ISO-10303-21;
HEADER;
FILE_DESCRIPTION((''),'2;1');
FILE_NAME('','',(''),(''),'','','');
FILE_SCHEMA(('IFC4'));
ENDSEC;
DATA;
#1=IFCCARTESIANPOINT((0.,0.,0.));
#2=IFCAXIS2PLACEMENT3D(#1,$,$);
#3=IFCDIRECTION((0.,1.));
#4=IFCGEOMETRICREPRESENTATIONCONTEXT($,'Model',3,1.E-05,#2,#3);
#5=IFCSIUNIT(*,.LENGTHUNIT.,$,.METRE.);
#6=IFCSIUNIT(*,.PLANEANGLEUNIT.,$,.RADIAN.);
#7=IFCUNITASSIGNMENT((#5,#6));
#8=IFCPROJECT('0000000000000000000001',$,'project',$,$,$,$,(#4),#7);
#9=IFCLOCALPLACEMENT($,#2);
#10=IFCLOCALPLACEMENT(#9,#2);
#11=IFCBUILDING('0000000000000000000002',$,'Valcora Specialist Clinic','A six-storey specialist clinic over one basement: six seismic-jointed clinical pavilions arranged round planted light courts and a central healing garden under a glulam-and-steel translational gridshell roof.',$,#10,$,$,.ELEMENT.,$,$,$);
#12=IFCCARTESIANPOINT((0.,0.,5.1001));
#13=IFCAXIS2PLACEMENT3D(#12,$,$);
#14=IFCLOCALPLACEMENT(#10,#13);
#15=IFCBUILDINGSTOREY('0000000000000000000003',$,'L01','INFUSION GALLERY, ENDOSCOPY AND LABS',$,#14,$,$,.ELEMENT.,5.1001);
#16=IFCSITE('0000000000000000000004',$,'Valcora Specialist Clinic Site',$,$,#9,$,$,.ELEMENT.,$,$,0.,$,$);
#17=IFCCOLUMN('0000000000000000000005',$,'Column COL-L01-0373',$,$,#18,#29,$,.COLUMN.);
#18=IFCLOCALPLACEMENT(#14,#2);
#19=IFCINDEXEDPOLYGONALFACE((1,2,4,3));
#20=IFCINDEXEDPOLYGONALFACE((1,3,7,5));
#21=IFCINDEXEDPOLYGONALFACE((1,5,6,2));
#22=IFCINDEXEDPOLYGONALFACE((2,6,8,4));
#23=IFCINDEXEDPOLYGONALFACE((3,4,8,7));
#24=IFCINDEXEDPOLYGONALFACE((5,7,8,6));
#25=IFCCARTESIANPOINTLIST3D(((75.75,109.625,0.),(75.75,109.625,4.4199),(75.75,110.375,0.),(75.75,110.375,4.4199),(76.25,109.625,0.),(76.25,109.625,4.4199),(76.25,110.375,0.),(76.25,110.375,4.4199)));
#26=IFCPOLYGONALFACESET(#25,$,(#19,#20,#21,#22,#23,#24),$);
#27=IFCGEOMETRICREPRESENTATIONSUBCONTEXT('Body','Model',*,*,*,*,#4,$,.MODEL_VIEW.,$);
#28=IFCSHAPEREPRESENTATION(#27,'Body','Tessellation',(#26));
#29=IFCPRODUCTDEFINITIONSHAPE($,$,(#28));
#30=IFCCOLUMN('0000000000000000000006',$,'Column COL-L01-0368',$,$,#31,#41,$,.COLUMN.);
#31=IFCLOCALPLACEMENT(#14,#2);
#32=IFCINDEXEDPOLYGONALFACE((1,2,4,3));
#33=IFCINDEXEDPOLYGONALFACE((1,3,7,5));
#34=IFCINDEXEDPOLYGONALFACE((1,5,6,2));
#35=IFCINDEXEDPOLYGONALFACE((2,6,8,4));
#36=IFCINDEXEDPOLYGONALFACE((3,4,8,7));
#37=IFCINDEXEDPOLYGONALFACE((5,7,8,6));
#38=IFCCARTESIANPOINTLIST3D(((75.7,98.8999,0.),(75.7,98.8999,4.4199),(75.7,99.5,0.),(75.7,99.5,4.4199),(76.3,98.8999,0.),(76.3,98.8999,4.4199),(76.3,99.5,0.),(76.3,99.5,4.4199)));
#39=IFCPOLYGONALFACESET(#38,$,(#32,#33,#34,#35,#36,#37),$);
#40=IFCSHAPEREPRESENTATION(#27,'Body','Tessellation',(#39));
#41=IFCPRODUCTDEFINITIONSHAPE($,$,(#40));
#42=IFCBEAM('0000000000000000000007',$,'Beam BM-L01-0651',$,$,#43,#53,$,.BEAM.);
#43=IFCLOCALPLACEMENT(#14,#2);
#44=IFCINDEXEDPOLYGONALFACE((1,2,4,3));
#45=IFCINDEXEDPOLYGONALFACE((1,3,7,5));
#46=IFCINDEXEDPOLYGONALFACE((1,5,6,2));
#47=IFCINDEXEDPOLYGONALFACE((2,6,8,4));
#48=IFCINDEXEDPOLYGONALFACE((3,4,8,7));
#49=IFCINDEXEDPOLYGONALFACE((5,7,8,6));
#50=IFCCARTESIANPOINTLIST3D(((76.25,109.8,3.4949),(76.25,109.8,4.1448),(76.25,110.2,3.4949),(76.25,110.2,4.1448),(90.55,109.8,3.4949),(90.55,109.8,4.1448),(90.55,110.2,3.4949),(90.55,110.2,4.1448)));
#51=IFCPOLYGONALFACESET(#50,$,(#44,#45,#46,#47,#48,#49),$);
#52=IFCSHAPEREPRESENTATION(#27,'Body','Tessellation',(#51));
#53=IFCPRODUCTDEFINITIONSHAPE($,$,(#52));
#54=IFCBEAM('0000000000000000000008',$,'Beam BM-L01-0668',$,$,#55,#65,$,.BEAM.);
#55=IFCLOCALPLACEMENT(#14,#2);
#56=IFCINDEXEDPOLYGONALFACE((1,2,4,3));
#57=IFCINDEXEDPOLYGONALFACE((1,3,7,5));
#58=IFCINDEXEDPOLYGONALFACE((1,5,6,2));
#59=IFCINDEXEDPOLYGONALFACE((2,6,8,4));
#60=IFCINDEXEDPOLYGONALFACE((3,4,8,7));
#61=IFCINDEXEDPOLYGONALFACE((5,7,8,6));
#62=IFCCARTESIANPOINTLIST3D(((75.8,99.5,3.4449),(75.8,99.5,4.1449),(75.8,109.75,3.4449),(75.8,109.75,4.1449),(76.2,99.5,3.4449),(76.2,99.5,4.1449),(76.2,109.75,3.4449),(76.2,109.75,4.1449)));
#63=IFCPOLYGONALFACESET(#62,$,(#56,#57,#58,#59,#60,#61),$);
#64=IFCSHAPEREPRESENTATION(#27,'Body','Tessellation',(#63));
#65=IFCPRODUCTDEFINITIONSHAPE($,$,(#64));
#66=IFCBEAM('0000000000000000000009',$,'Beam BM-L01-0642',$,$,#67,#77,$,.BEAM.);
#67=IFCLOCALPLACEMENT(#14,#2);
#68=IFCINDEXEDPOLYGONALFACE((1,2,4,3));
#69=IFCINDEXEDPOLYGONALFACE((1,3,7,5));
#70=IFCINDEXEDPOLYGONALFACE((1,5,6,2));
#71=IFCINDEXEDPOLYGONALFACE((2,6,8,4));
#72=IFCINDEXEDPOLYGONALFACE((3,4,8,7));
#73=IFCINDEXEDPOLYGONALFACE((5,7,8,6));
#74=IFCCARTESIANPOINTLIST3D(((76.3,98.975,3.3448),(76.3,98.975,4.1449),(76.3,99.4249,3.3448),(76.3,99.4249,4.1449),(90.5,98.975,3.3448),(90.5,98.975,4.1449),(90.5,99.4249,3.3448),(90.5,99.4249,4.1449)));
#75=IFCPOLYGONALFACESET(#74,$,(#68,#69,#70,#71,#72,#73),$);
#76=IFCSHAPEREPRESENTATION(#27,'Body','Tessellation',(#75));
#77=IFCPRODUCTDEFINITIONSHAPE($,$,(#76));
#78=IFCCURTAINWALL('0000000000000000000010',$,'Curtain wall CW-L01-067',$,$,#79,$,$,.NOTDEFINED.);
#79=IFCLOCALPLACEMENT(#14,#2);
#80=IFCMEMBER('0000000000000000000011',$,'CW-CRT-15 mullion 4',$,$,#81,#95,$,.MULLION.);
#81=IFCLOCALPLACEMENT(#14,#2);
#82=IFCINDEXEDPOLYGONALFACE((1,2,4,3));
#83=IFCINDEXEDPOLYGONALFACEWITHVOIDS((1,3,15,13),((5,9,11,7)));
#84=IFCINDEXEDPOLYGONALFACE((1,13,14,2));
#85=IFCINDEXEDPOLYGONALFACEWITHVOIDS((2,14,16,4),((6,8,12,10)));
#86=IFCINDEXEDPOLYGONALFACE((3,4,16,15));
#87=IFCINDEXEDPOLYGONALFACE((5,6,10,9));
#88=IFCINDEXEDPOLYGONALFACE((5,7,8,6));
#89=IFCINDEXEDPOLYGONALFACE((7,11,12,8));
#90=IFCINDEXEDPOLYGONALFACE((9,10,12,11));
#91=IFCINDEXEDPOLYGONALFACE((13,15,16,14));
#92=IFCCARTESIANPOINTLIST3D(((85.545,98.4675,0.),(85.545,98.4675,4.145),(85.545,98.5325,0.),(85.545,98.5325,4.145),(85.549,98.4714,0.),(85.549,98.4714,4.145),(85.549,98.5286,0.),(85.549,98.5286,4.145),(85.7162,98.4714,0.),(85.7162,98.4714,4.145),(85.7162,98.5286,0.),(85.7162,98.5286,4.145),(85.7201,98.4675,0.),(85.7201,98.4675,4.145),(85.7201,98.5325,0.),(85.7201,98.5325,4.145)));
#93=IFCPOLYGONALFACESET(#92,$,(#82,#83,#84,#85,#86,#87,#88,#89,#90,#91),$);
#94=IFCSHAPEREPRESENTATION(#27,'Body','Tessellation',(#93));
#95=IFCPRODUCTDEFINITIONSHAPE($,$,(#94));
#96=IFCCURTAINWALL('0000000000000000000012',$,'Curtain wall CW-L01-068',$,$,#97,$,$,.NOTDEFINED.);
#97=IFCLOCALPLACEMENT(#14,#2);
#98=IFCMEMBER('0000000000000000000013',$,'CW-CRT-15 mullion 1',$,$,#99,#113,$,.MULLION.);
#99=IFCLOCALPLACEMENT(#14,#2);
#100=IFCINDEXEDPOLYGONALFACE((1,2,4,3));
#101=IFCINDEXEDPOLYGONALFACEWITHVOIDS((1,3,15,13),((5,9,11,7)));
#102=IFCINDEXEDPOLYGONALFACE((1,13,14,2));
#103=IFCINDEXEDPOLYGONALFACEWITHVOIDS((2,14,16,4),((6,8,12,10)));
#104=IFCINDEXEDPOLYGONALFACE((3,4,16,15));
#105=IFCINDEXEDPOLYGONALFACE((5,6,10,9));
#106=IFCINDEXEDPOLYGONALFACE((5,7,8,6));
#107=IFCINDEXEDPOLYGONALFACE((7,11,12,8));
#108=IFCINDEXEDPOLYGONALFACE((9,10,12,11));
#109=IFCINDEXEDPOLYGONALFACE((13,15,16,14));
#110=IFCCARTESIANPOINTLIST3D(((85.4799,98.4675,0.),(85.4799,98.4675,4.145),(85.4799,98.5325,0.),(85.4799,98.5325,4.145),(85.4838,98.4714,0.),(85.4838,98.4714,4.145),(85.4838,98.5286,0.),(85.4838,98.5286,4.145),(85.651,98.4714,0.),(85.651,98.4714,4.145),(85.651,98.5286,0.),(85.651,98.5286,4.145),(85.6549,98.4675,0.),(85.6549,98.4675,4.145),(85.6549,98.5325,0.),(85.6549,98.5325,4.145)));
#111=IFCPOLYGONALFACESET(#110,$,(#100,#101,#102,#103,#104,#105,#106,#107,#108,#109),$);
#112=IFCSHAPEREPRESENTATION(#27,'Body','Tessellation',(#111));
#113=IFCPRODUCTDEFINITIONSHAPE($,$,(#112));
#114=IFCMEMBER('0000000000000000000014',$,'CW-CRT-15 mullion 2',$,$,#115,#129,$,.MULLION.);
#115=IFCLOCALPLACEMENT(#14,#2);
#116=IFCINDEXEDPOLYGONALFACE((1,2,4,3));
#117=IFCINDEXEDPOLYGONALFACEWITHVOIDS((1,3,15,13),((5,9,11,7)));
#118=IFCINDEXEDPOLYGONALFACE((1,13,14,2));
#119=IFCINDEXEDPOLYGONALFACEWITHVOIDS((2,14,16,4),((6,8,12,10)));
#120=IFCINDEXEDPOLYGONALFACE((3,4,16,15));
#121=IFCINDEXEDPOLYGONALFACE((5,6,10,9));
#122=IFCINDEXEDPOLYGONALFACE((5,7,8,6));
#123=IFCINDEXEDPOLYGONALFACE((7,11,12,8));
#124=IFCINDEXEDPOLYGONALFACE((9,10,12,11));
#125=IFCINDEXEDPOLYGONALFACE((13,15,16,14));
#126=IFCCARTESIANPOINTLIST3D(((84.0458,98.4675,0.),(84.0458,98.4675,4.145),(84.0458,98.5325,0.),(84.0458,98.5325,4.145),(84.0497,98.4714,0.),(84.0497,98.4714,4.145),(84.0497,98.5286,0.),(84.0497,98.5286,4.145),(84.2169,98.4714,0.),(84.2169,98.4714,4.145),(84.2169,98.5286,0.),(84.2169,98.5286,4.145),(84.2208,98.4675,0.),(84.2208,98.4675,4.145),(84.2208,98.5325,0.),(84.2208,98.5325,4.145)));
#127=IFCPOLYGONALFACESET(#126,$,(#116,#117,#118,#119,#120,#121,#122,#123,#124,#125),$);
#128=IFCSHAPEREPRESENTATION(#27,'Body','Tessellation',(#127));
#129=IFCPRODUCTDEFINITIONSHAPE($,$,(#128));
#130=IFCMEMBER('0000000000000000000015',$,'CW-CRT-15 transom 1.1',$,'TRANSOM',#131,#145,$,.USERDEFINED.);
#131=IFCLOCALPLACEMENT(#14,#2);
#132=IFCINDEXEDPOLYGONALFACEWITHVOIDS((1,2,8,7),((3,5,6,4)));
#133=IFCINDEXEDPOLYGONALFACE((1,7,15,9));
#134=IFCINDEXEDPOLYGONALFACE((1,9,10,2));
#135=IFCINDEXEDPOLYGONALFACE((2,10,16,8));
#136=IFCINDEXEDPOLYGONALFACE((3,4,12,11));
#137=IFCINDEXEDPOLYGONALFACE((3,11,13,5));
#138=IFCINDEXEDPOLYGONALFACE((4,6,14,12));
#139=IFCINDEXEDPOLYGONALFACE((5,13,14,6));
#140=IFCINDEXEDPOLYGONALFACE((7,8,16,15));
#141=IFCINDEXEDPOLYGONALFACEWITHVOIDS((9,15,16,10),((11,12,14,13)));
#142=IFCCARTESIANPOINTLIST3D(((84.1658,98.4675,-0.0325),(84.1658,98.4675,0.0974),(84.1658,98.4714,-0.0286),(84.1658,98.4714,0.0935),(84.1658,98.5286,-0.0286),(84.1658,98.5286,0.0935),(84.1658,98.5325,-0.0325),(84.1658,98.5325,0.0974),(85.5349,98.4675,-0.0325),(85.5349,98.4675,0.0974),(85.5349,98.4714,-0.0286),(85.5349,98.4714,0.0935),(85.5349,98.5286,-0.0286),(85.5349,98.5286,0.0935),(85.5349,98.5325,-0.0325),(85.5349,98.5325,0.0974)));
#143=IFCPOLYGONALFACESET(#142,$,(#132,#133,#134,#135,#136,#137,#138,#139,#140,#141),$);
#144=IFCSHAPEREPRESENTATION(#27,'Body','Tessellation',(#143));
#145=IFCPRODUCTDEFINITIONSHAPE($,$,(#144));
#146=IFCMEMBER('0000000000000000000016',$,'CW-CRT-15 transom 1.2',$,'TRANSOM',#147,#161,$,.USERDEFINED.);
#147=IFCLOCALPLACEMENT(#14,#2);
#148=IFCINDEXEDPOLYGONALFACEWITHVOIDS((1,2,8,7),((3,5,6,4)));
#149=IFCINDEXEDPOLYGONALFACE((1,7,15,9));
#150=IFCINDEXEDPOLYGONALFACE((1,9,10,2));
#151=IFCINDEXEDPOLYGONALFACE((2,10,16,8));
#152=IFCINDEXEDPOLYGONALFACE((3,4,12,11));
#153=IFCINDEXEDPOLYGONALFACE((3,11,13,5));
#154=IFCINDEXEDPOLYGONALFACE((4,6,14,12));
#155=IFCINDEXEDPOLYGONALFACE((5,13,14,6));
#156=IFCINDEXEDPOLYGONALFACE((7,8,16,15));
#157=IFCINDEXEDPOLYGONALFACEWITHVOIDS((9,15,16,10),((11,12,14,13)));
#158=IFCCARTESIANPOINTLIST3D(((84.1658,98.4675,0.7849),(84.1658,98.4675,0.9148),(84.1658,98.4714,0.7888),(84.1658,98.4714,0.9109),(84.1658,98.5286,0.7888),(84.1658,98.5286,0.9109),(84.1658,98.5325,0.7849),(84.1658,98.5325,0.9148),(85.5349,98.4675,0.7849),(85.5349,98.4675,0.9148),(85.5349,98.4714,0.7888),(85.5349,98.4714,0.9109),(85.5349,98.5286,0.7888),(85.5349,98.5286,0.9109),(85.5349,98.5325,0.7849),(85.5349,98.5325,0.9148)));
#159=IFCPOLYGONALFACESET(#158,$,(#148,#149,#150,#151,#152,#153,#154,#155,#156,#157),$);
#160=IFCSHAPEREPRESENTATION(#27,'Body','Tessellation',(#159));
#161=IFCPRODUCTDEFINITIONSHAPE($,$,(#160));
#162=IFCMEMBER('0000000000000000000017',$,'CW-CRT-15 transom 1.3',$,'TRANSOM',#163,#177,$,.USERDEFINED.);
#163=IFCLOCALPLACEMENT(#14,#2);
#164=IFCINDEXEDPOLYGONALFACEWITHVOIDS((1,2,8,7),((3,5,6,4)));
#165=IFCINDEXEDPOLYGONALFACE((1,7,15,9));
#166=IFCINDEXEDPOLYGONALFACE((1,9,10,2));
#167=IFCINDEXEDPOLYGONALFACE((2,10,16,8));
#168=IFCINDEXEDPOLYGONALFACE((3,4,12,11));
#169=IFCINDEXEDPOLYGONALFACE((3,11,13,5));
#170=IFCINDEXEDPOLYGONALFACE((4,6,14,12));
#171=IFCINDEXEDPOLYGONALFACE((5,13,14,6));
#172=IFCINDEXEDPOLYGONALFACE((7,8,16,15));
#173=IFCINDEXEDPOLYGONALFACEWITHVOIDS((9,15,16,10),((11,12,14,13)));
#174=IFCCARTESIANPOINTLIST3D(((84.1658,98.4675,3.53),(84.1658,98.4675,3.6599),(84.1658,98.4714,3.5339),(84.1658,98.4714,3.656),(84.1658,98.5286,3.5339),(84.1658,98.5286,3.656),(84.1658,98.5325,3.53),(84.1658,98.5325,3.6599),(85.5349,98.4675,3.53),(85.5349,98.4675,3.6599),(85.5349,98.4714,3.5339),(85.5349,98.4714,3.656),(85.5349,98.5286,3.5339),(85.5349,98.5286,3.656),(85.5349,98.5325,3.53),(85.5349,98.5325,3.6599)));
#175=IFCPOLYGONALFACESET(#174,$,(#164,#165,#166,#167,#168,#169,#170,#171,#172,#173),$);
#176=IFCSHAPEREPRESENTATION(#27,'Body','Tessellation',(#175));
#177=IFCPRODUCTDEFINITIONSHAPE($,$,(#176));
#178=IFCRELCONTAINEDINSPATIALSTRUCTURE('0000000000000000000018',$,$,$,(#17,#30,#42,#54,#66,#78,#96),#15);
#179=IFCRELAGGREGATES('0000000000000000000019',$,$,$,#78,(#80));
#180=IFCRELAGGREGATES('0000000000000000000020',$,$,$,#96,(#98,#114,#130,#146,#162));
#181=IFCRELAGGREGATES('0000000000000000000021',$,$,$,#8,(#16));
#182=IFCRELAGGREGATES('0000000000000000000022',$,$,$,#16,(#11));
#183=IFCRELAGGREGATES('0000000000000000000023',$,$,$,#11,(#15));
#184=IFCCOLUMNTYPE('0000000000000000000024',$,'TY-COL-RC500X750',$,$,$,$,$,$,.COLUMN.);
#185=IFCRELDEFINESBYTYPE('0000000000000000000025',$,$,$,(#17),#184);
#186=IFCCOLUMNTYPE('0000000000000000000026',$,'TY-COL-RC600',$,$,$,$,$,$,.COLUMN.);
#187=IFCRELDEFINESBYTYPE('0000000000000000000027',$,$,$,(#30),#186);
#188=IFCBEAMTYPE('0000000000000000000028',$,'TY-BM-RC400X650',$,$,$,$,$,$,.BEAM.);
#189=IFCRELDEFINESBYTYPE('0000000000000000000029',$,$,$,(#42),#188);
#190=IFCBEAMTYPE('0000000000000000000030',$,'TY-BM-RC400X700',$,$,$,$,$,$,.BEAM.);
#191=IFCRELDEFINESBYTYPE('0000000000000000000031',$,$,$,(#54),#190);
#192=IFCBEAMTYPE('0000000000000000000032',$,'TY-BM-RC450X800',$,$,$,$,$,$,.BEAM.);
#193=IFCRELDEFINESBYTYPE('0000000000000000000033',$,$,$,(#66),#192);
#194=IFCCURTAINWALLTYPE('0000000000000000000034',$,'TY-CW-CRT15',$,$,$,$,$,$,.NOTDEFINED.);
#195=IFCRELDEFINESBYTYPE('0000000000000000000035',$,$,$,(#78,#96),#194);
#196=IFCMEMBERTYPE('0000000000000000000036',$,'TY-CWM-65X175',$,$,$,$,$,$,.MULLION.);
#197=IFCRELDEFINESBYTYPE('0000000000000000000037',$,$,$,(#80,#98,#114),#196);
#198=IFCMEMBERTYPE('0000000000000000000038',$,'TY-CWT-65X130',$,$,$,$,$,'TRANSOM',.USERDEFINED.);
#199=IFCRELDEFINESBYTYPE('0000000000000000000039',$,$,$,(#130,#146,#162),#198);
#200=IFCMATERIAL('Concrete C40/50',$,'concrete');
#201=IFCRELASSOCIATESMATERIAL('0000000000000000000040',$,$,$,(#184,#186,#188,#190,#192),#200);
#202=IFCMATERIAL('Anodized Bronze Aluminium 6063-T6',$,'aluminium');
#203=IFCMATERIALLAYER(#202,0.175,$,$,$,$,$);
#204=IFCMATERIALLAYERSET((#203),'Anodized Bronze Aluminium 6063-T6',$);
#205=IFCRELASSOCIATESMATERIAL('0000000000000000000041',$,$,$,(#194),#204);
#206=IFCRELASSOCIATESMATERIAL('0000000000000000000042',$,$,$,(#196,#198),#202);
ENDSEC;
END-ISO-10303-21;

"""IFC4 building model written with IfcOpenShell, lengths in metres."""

from ifc_helpers import new_model, si_unit, direction, frame, origin, origin_2d, place, context, subcontext, project, spatial, rectangle, hollow_rectangle, extrude, material, layer, layer_set, material_profile, profile_set, type_object, element, aggregate, save


model = new_model("IFC4")

# Units and contexts
model_context = context("Model", 3, precision=1e-05, world=origin(), true_north=direction((0.0, 1.0)))
body_context = subcontext(model_context, "Body", "Model", "MODEL_VIEW")
ifc_project = project(units=[si_unit("LENGTHUNIT", "METRE"), si_unit("PLANEANGLEUNIT", "RADIAN")], contexts=[model_context])

# Site, building, storey
site_placement = place(None, origin())
site = spatial("IfcSite", under=ifc_project, at=site_placement, Name="Valcora Specialist Clinic Site", CompositionType="ELEMENT", RefElevation=0.0)
building_placement = place(site_placement, origin())
building = spatial("IfcBuilding", under=site, at=building_placement, Name="Valcora Specialist Clinic", Description="A six-storey specialist clinic over one basement: six seismic-jointed clinical pavilions arranged round planted light courts and a central healing garden under a glulam-and-steel translational gridshell roof.", CompositionType="ELEMENT")
storey_placement = place(building_placement, frame((0.0, 0.0, 5.1001)))
storey = spatial("IfcBuildingStorey", under=building, at=storey_placement, Name="L01", Description="INFUSION GALLERY, ENDOSCOPY AND LABS", CompositionType="ELEMENT", Elevation=5.1001)

# Columns
ifc_material_1 = material(Name="Concrete C40/50", Category="concrete")
ifc_material_profile_1 = material_profile(ifc_material_1, rectangle(XDim=0.5, YDim=0.75, at=origin_2d()), Name="RC-COL-500X750")
ifc_profile_set_1 = profile_set([ifc_material_profile_1], Name="Concrete C40/50")
column_type_1 = type_object("IfcColumnType", Name="TY-COL-RC500X750", PredefinedType="COLUMN", material=ifc_profile_set_1)
column_1_placement = place(storey_placement, frame((76.0, 110.0, 0.0), z_axis=(0.0, 0.0, 1.0), x_axis=(1.0, 0.0, 0.0)))
element("IfcColumn", 1, at=column_1_placement, inside=storey, type_object=column_type_1, Name="Column COL-L01-0373", PredefinedType="COLUMN", context=body_context, shape_type="SweptSolid", body=[
    extrude(rectangle(XDim=0.5, YDim=0.75, at=origin_2d()), origin(), (0.0, 0.0, 1.0), 4.4199),
])
ifc_material_profile_2 = material_profile(ifc_material_1, rectangle(XDim=0.6001, YDim=0.6001, at=origin_2d()), Name="RC-COL-600X600")
ifc_profile_set_2 = profile_set([ifc_material_profile_2], Name="Concrete C40/50")
column_type_2 = type_object("IfcColumnType", Name="TY-COL-RC600", PredefinedType="COLUMN", material=ifc_profile_set_2)
column_2_placement = place(storey_placement, frame((76.0, 99.2, 0.0), z_axis=(0.0, 0.0, 1.0), x_axis=(1.0, 0.0, 0.0)))
element("IfcColumn", 2, at=column_2_placement, inside=storey, type_object=column_type_2, Name="Column COL-L01-0368", PredefinedType="COLUMN", context=body_context, shape_type="SweptSolid", body=[
    extrude(rectangle(XDim=0.6001, YDim=0.6001, at=origin_2d()), origin(), (0.0, 0.0, 1.0), 4.4199),
])

# Beams
ifc_material_profile_3 = material_profile(ifc_material_1, rectangle(XDim=0.3999, YDim=0.6499, at=origin_2d()), Name="RC-BM-400X650")
ifc_profile_set_3 = profile_set([ifc_material_profile_3], Name="Concrete C40/50")
beam_type_1 = type_object("IfcBeamType", Name="TY-BM-RC400X650", PredefinedType="BEAM", material=ifc_profile_set_3)
beam_1_placement = place(storey_placement, frame((76.25, 110.0, 3.8198), z_axis=(1.0, 0.0, 0.0), x_axis=(0.0, 1.0, 0.0)))
element("IfcBeam", 3, at=beam_1_placement, inside=storey, type_object=beam_type_1, Name="Beam BM-L01-0651", PredefinedType="BEAM", context=body_context, shape_type="SweptSolid", body=[
    extrude(rectangle(XDim=0.3999, YDim=0.6499, at=origin_2d()), origin(), (0.0, 0.0, 1.0), 14.3),
])
ifc_material_profile_4 = material_profile(ifc_material_1, rectangle(XDim=0.3999, YDim=0.7, at=origin_2d()), Name="RC-BM-400X700")
ifc_profile_set_4 = profile_set([ifc_material_profile_4], Name="Concrete C40/50")
beam_type_2 = type_object("IfcBeamType", Name="TY-BM-RC400X700", PredefinedType="BEAM", material=ifc_profile_set_4)
beam_2_placement = place(storey_placement, frame((76.0, 99.5, 3.7949), z_axis=(0.0, 1.0, 0.0), x_axis=(-1.0, 0.0, 0.0)))
element("IfcBeam", 4, at=beam_2_placement, inside=storey, type_object=beam_type_2, Name="Beam BM-L01-0668", PredefinedType="BEAM", context=body_context, shape_type="SweptSolid", body=[
    extrude(rectangle(XDim=0.3999, YDim=0.7, at=origin_2d()), origin(), (0.0, 0.0, 1.0), 10.25),
])
ifc_material_profile_5 = material_profile(ifc_material_1, rectangle(XDim=0.45, YDim=0.8, at=origin_2d()), Name="RC-BM-450X800")
ifc_profile_set_5 = profile_set([ifc_material_profile_5], Name="Concrete C40/50")
beam_type_3 = type_object("IfcBeamType", Name="TY-BM-RC450X800", PredefinedType="BEAM", material=ifc_profile_set_5)
beam_3_placement = place(storey_placement, frame((76.3, 99.2, 3.7449), z_axis=(1.0, 0.0, 0.0), x_axis=(0.0, 1.0, 0.0)))
element("IfcBeam", 5, at=beam_3_placement, inside=storey, type_object=beam_type_3, Name="Beam BM-L01-0642", PredefinedType="BEAM", context=body_context, shape_type="SweptSolid", body=[
    extrude(rectangle(XDim=0.45, YDim=0.8, at=origin_2d()), origin(), (0.0, 0.0, 1.0), 14.2),
])

# Curtain wall, member
ifc_material_2 = material(Name="Anodized Bronze Aluminium 6063-T6", Category="aluminium")
ifc_layer_1 = layer(ifc_material_2, 0.175)
ifc_layer_set_1 = layer_set([ifc_layer_1], Name="Anodized Bronze Aluminium 6063-T6")
curtain_wall_type = type_object("IfcCurtainWallType", Name="TY-CW-CRT15", PredefinedType="NOTDEFINED", material=ifc_layer_set_1)
curtain_wall_1_placement = place(storey_placement, origin())
curtain_wall_1 = element("IfcCurtainWall", 6, at=curtain_wall_1_placement, inside=storey, type_object=curtain_wall_type, Name="Curtain wall CW-L01-067", PredefinedType="NOTDEFINED")
ifc_material_profile_6 = material_profile(ifc_material_2, hollow_rectangle(XDim=0.0649, YDim=0.175, WallThickness=0.0039, at=origin_2d()), Name="AL-MUL-65X175")
ifc_profile_set_6 = profile_set([ifc_material_profile_6], Name="Anodized Bronze Aluminium 6063-T6")
member_type_1 = type_object("IfcMemberType", Name="TY-CWM-65X175", PredefinedType="MULLION", material=ifc_profile_set_6)
member_1_placement = place(storey_placement, frame((85.6326, 98.5, 0.0), z_axis=(0.0, 0.0, 1.0), x_axis=(0.0, -1.0, 0.0)))
member_1 = element("IfcMember", 7, at=member_1_placement, type_object=member_type_1, Name="CW-CRT-15 mullion 4", PredefinedType="MULLION", context=body_context, shape_type="SweptSolid", body=[
    extrude(hollow_rectangle(XDim=0.0649, YDim=0.175, WallThickness=0.0039, at=origin_2d()), origin(), (0.0, 0.0, 1.0), 4.145),
])
aggregate(curtain_wall_1, [member_1])

# Curtain wall, members
curtain_wall_2_placement = place(storey_placement, origin())
curtain_wall_2 = element("IfcCurtainWall", 8, at=curtain_wall_2_placement, inside=storey, type_object=curtain_wall_type, Name="Curtain wall CW-L01-068", PredefinedType="NOTDEFINED")
member_2_placement = place(storey_placement, frame((85.5674, 98.5, 0.0), z_axis=(0.0, 0.0, 1.0), x_axis=(0.0, -1.0, 0.0)))
member_2 = element("IfcMember", 9, at=member_2_placement, type_object=member_type_1, Name="CW-CRT-15 mullion 1", PredefinedType="MULLION", context=body_context, shape_type="SweptSolid", body=[
    extrude(hollow_rectangle(XDim=0.0649, YDim=0.175, WallThickness=0.0039, at=origin_2d()), origin(), (0.0, 0.0, 1.0), 4.145),
])
member_3_placement = place(storey_placement, frame((84.1333, 98.5, 0.0), z_axis=(0.0, 0.0, 1.0), x_axis=(0.0, -1.0, 0.0)))
member_3 = element("IfcMember", 10, at=member_3_placement, type_object=member_type_1, Name="CW-CRT-15 mullion 2", PredefinedType="MULLION", context=body_context, shape_type="SweptSolid", body=[
    extrude(hollow_rectangle(XDim=0.0649, YDim=0.175, WallThickness=0.0039, at=origin_2d()), origin(), (0.0, 0.0, 1.0), 4.145),
])
ifc_material_profile_7 = material_profile(ifc_material_2, hollow_rectangle(XDim=0.0649, YDim=0.1299, WallThickness=0.0039, at=origin_2d()), Name="AL-TRN-65X130")
ifc_profile_set_7 = profile_set([ifc_material_profile_7], Name="Anodized Bronze Aluminium 6063-T6")
member_type_2 = type_object("IfcMemberType", Name="TY-CWT-65X130", ElementType="TRANSOM", PredefinedType="USERDEFINED", material=ifc_profile_set_7)
member_4_placement = place(storey_placement, frame((85.5349, 98.5, 0.0325), z_axis=(-1.0, 0.0, 0.0), x_axis=(0.0, -1.0, 0.0)))
member_4 = element("IfcMember", 11, at=member_4_placement, type_object=member_type_2, Name="CW-CRT-15 transom 1.1", ObjectType="TRANSOM", PredefinedType="USERDEFINED", context=body_context, shape_type="SweptSolid", body=[
    extrude(hollow_rectangle(XDim=0.0649, YDim=0.1299, WallThickness=0.0039, at=origin_2d()), origin(), (0.0, 0.0, 1.0), 1.3691),
])
member_5_placement = place(storey_placement, frame((85.5349, 98.5, 0.8499), z_axis=(-1.0, 0.0, 0.0), x_axis=(0.0, -1.0, 0.0)))
member_5 = element("IfcMember", 12, at=member_5_placement, type_object=member_type_2, Name="CW-CRT-15 transom 1.2", ObjectType="TRANSOM", PredefinedType="USERDEFINED", context=body_context, shape_type="SweptSolid", body=[
    extrude(hollow_rectangle(XDim=0.0649, YDim=0.1299, WallThickness=0.0039, at=origin_2d()), origin(), (0.0, 0.0, 1.0), 1.3691),
])
member_6_placement = place(storey_placement, frame((85.5349, 98.5, 3.595), z_axis=(-1.0, 0.0, 0.0), x_axis=(0.0, -1.0, 0.0)))
member_6 = element("IfcMember", 13, at=member_6_placement, type_object=member_type_2, Name="CW-CRT-15 transom 1.3", ObjectType="TRANSOM", PredefinedType="USERDEFINED", context=body_context, shape_type="SweptSolid", body=[
    extrude(hollow_rectangle(XDim=0.0649, YDim=0.1299, WallThickness=0.0039, at=origin_2d()), origin(), (0.0, 0.0, 1.0), 1.3691),
])
aggregate(curtain_wall_2, [member_2, member_3, member_4, member_5, member_6])

save(model, "model.ifc")
